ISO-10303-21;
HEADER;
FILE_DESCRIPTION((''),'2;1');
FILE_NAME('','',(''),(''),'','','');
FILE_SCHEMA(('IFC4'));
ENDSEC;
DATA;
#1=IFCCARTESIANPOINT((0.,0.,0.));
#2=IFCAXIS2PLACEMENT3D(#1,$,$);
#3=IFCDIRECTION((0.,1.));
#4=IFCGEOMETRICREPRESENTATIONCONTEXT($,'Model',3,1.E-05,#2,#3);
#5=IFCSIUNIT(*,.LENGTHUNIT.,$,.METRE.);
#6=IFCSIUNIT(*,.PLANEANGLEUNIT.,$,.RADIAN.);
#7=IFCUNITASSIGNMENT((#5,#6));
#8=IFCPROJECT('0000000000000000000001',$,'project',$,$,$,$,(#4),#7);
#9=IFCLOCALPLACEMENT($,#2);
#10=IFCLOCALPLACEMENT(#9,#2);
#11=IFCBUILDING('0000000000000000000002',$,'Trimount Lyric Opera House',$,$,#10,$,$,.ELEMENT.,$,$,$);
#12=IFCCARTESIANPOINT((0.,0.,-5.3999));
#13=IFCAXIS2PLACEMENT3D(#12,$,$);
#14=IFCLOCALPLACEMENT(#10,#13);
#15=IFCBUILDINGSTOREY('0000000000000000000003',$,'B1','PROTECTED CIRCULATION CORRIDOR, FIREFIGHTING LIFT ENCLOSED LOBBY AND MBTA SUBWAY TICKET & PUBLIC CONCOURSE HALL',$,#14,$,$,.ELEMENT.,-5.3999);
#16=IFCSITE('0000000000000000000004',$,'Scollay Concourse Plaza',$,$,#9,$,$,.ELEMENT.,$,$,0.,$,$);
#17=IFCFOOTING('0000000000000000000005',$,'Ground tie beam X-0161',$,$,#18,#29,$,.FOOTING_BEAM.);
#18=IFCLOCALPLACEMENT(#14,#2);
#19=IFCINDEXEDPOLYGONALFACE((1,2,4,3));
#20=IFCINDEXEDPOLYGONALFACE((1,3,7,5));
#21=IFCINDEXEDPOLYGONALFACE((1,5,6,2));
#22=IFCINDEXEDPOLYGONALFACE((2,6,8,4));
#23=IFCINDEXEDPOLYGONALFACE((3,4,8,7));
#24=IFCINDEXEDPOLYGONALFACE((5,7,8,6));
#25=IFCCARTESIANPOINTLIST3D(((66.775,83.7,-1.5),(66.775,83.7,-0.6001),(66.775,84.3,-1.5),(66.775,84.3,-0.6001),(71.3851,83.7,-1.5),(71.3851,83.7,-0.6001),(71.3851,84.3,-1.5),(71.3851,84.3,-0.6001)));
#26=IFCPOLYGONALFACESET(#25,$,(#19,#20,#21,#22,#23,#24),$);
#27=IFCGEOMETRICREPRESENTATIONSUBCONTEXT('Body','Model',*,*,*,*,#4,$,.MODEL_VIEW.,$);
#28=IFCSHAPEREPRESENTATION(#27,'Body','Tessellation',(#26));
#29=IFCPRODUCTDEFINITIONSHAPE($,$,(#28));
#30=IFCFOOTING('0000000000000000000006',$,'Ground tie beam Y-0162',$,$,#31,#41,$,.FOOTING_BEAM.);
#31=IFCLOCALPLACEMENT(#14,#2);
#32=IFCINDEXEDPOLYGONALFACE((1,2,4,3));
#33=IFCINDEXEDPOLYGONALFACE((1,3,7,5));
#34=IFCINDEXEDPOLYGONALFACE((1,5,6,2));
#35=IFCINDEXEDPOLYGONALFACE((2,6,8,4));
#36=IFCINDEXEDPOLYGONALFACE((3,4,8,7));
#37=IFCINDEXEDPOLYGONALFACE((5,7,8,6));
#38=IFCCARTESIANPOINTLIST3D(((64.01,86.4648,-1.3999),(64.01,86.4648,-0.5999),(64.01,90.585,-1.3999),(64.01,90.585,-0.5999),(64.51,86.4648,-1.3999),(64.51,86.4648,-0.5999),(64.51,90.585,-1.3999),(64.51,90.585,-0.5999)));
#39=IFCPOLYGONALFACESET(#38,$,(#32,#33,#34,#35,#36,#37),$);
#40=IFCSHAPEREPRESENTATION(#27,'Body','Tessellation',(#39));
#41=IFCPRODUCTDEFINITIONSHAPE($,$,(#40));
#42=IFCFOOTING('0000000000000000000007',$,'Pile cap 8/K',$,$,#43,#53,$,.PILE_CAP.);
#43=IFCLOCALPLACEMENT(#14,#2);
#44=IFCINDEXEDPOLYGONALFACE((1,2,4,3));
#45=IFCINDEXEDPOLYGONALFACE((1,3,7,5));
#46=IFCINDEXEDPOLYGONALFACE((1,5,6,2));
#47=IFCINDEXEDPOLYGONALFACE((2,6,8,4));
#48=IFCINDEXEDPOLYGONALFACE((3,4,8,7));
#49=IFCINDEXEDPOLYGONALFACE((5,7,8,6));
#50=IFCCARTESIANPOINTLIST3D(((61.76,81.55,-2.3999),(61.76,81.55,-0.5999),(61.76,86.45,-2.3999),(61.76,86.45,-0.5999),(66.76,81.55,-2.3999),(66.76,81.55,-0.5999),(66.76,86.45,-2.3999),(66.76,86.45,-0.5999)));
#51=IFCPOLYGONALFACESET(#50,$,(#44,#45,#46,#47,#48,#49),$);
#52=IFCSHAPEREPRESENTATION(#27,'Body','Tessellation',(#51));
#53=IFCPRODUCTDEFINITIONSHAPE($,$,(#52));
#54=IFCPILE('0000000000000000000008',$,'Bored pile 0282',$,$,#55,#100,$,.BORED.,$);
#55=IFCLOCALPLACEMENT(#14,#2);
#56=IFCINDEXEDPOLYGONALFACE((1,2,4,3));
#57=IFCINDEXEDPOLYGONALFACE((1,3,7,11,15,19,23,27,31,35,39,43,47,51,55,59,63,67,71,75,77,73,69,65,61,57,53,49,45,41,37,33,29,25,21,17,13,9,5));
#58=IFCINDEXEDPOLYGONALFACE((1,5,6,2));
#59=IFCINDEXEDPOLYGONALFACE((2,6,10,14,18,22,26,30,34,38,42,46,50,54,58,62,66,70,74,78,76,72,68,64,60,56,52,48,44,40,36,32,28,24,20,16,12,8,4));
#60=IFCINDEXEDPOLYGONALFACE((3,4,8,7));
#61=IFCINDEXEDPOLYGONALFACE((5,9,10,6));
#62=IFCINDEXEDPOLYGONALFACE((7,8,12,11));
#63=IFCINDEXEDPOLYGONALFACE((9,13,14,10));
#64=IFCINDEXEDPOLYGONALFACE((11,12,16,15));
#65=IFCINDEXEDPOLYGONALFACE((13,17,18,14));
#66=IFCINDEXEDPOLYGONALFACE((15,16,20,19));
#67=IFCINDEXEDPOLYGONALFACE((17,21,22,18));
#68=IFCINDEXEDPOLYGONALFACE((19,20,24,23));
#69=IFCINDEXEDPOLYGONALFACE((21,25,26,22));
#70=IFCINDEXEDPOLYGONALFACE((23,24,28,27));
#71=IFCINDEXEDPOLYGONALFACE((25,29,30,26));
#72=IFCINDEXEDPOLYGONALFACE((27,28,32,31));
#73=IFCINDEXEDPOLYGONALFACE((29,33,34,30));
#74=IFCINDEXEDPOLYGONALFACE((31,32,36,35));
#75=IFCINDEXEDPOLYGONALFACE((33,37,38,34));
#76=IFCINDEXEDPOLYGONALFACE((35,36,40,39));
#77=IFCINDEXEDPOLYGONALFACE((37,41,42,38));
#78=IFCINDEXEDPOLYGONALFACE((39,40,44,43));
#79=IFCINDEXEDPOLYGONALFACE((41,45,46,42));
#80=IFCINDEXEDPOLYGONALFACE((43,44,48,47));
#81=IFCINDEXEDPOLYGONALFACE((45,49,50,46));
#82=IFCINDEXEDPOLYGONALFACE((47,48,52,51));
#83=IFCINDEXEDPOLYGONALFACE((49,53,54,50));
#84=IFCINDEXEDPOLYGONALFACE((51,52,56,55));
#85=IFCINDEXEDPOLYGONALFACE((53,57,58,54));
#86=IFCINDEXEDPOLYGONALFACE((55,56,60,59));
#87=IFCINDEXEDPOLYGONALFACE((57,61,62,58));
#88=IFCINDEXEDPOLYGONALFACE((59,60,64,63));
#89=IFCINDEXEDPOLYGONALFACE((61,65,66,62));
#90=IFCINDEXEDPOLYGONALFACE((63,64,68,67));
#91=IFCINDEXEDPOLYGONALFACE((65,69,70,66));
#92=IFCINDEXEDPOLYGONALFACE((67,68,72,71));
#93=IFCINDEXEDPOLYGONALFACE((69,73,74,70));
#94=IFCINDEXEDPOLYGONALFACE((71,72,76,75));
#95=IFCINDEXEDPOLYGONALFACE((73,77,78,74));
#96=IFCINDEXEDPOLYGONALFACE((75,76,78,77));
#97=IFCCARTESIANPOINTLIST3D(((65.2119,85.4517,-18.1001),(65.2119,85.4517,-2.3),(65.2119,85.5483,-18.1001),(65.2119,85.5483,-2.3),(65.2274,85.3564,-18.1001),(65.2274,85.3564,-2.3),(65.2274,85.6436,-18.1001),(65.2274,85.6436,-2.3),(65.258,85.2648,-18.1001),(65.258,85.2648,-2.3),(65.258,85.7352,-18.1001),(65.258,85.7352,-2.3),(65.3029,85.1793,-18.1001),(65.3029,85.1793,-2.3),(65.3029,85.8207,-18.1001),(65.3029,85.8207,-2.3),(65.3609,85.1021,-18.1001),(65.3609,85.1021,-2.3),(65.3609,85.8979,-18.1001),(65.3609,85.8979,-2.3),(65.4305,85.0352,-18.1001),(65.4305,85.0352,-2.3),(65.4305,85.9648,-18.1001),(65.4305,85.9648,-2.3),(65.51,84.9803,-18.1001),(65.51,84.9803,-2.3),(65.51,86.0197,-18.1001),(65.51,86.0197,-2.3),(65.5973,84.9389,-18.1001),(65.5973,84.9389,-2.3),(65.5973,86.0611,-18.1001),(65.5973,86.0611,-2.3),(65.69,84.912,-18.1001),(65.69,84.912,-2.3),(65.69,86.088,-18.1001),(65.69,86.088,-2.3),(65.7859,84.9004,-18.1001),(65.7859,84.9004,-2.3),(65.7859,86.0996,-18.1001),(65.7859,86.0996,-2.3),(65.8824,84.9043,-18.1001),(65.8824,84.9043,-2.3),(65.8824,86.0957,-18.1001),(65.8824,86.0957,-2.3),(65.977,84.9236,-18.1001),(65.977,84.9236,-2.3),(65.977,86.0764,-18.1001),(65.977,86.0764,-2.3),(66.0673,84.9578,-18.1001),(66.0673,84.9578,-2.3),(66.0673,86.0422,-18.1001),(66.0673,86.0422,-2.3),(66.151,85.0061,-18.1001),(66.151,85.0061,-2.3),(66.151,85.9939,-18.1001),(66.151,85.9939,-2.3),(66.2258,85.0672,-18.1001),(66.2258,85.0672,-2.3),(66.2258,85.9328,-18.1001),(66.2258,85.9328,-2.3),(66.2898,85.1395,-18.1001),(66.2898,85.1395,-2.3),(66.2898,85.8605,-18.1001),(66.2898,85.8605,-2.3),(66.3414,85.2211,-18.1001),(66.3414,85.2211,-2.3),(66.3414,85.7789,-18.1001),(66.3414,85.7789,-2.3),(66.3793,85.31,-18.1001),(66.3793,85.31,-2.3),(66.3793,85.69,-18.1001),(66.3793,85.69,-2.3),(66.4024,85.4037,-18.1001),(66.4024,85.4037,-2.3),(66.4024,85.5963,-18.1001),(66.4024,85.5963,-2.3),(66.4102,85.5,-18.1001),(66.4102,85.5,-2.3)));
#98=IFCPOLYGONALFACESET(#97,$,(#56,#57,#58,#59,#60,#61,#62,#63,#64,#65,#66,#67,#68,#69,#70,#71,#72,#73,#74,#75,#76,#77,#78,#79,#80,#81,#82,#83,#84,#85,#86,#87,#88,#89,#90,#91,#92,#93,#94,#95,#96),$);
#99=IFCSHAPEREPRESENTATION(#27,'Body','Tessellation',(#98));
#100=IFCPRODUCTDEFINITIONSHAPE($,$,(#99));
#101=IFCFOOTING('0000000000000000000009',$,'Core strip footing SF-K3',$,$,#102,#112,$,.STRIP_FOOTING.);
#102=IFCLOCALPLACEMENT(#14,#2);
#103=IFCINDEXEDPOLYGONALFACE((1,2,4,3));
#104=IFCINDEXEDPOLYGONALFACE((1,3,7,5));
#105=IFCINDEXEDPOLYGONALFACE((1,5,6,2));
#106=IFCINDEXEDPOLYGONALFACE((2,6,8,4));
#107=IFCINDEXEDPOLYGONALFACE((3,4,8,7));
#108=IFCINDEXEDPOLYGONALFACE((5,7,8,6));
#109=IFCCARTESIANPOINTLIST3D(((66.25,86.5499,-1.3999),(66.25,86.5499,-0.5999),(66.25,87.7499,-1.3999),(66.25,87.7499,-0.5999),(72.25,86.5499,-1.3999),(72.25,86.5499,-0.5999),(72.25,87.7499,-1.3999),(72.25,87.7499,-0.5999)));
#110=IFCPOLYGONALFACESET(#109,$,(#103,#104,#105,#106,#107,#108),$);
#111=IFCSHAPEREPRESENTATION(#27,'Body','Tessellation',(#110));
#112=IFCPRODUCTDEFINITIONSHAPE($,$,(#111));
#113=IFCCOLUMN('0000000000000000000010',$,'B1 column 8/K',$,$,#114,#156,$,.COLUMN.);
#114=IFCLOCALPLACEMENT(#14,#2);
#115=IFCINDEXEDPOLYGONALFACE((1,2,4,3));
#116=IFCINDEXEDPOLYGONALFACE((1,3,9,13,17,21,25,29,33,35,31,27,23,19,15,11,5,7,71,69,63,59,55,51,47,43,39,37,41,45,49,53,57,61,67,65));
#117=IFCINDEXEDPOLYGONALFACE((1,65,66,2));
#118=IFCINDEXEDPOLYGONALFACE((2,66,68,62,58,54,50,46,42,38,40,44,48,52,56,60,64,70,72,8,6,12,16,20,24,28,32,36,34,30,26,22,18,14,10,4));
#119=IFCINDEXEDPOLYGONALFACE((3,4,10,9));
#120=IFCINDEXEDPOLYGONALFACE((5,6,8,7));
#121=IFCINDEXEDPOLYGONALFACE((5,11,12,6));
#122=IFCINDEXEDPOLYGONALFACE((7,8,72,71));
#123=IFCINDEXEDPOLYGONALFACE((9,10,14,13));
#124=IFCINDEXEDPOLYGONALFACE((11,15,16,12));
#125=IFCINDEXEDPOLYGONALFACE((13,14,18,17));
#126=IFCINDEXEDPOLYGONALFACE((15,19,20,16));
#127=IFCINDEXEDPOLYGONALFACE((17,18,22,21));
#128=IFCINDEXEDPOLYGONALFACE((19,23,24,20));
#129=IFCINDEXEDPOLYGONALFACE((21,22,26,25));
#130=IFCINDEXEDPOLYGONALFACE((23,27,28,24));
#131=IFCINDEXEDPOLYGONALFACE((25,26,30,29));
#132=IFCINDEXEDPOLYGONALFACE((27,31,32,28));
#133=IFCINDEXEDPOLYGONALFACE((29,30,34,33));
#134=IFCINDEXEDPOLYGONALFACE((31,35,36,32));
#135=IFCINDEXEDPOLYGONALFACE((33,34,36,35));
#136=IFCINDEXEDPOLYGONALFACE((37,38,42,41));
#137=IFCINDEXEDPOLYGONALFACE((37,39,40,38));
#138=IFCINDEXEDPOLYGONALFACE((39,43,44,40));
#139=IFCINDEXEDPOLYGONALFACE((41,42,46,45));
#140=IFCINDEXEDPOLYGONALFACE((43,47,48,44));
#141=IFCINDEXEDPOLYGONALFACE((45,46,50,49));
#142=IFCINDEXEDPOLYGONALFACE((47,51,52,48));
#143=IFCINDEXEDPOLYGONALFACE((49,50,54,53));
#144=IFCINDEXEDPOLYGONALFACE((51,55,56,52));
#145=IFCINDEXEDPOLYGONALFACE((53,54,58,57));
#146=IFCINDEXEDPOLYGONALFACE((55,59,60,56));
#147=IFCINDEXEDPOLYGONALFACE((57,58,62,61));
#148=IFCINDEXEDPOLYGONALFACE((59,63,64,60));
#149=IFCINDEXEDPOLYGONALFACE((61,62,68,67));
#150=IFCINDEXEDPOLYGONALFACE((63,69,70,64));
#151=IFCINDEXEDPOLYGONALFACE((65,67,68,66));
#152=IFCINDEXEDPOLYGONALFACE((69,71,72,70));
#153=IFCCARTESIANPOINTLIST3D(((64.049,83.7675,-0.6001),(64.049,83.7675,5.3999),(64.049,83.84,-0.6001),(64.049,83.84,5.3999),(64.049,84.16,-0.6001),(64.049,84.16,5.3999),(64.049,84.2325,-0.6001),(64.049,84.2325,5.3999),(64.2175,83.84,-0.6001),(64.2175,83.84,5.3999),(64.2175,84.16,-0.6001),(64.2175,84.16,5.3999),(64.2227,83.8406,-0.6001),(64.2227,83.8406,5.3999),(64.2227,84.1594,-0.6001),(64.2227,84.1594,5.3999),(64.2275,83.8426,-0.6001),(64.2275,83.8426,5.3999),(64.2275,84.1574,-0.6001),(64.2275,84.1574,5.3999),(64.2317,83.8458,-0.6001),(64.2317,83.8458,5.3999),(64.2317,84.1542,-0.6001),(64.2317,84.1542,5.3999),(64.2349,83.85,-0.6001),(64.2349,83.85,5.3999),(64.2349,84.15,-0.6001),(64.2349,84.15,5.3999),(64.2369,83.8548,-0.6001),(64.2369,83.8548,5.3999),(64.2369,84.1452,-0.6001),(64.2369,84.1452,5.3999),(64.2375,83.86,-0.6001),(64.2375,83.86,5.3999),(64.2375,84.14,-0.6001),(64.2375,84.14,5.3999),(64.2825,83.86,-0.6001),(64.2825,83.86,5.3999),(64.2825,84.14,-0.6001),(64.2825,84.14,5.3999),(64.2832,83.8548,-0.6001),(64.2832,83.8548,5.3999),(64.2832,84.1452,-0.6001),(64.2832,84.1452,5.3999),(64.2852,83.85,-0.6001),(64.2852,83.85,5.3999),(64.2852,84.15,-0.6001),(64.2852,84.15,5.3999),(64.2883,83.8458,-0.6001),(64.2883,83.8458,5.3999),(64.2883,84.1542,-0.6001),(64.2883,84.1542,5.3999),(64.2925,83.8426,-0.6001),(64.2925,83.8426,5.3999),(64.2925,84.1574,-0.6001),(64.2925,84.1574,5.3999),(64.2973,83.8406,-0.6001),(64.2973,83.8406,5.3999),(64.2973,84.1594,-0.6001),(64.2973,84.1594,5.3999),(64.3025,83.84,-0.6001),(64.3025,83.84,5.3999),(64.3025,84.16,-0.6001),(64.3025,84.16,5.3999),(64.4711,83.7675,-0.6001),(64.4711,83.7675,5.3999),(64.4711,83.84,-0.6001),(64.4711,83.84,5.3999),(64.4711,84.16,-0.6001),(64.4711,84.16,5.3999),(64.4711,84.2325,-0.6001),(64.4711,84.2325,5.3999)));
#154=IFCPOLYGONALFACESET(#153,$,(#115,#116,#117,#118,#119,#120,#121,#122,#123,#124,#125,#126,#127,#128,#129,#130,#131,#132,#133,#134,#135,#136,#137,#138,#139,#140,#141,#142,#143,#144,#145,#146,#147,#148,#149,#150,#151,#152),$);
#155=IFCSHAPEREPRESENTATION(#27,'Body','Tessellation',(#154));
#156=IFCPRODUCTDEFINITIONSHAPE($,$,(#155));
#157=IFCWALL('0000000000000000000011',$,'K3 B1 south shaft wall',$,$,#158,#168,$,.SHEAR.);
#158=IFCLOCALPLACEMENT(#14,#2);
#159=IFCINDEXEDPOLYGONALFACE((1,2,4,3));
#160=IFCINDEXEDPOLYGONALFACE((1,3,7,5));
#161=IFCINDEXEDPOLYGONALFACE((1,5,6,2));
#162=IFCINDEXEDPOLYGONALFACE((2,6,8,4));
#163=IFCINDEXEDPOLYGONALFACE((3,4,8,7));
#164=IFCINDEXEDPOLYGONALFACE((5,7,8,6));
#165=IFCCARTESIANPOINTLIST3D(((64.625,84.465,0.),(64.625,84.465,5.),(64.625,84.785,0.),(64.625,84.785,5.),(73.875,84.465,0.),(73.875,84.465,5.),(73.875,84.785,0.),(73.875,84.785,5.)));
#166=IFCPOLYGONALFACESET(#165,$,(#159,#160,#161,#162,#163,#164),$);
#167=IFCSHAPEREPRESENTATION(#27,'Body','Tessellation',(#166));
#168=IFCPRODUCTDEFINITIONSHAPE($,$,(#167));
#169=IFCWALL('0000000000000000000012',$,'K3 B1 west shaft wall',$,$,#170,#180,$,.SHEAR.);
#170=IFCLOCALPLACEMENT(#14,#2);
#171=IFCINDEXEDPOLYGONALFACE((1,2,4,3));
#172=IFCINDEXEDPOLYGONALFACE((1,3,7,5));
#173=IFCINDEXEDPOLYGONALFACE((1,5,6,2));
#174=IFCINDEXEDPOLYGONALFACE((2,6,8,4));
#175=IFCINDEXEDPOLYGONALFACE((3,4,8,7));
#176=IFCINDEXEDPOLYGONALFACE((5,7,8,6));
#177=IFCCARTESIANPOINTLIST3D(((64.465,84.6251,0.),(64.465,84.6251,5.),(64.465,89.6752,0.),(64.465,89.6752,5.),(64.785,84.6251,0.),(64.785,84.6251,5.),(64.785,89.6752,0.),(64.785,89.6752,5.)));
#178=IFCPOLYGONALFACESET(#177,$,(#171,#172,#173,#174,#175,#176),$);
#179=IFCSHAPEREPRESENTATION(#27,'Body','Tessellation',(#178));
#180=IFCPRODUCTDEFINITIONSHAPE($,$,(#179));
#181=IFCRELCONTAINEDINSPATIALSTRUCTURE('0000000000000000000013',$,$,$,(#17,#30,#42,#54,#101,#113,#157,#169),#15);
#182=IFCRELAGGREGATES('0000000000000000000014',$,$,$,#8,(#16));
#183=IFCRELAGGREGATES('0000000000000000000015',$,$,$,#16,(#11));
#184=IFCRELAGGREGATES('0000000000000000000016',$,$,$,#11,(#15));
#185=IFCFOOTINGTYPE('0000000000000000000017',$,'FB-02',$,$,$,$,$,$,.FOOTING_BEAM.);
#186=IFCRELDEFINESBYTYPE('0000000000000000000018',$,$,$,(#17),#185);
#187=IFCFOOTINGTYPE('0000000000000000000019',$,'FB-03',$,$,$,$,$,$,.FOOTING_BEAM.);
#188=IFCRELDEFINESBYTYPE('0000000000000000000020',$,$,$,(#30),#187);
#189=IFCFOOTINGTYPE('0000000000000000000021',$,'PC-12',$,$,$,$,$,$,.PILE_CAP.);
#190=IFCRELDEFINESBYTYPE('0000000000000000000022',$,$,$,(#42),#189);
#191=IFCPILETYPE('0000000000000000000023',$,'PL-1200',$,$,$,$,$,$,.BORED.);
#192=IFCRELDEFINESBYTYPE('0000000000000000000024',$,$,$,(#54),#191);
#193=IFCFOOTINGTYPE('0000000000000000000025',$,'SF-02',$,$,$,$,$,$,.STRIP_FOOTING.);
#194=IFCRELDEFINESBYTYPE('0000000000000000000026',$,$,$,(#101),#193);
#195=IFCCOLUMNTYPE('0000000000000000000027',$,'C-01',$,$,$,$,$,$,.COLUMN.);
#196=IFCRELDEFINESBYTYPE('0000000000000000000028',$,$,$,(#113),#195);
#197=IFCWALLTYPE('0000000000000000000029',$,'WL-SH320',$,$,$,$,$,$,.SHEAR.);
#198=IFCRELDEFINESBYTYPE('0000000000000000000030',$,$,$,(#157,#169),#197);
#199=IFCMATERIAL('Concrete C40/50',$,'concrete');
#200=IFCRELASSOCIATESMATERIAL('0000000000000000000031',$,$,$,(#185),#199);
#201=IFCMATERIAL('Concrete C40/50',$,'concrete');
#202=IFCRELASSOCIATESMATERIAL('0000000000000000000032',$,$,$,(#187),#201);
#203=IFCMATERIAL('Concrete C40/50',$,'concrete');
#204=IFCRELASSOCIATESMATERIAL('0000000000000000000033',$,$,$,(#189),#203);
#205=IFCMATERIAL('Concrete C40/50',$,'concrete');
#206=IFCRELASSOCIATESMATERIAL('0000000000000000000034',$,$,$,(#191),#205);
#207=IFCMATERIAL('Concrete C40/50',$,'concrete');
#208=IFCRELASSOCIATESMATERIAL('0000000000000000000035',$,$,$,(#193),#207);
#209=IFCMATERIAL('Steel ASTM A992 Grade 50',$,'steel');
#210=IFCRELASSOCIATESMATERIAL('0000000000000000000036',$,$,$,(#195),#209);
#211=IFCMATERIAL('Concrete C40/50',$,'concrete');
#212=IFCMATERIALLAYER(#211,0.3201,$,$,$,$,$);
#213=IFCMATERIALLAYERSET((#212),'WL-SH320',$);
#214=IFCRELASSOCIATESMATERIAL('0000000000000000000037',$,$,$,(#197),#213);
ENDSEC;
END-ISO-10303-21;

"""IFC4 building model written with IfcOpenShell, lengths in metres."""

from ifc_helpers import new_model, si_unit, direction, frame, frame_2d, origin, origin_2d, place, context, subcontext, project, spatial, rectangle, circle, i_section, extrude, material, layer, layer_set, material_profile, profile_set, type_object, element, save


model = new_model("IFC4")

# Units and contexts
model_context = context("Model", 3, precision=1e-05, world=origin(), true_north=direction((0.0, 1.0)))
body_context = subcontext(model_context, "Body", "Model", "MODEL_VIEW")
ifc_project = project(units=[si_unit("LENGTHUNIT", "METRE"), si_unit("PLANEANGLEUNIT", "RADIAN")], contexts=[model_context])

# Site, building, storey
site_placement = place(None, origin())
site = spatial("IfcSite", under=ifc_project, at=site_placement, Name="Scollay Concourse Plaza", CompositionType="ELEMENT", RefElevation=0.0)
building_placement = place(site_placement, origin())
building = spatial("IfcBuilding", under=site, at=building_placement, Name="Trimount Lyric Opera House", CompositionType="ELEMENT")
storey_placement = place(building_placement, frame((0.0, 0.0, -5.3999)))
storey = spatial("IfcBuildingStorey", under=building, at=storey_placement, Name="B1", Description="PROTECTED CIRCULATION CORRIDOR, FIREFIGHTING LIFT ENCLOSED LOBBY AND MBTA SUBWAY TICKET & PUBLIC CONCOURSE HALL", CompositionType="ELEMENT", Elevation=-5.3999)

# Footings
ifc_material_1 = material(Name="Concrete C40/50", Category="concrete")
footing_type_1 = type_object("IfcFootingType", Name="FB-02", PredefinedType="FOOTING_BEAM", material=ifc_material_1)
footing_1_placement = place(storey_placement, frame((69.0801, 84.0, -1.5), z_axis=(0.0, 0.0, 1.0), x_axis=(1.0, 0.0, 0.0)))
element("IfcFooting", 1, at=footing_1_placement, inside=storey, type_object=footing_type_1, Name="Ground tie beam X-0161", PredefinedType="FOOTING_BEAM", context=body_context, shape_type="SweptSolid", body=[
    extrude(rectangle(XDim=4.6101, YDim=0.6001, at=origin_2d()), origin(), (0.0, 0.0, 1.0), 0.8999),
])
ifc_material_2 = material(Name="Concrete C40/50", Category="concrete")
footing_type_2 = type_object("IfcFootingType", Name="FB-03", PredefinedType="FOOTING_BEAM", material=ifc_material_2)
footing_2_placement = place(storey_placement, frame((64.26, 88.5249, -1.3999), z_axis=(0.0, 0.0, 1.0), x_axis=(1.0, 0.0, 0.0)))
element("IfcFooting", 2, at=footing_2_placement, inside=storey, type_object=footing_type_2, Name="Ground tie beam Y-0162", PredefinedType="FOOTING_BEAM", context=body_context, shape_type="SweptSolid", body=[
    extrude(rectangle(XDim=0.5, YDim=4.1201, at=origin_2d()), origin(), (0.0, 0.0, 1.0), 0.8),
])
ifc_material_3 = material(Name="Concrete C40/50", Category="concrete")
footing_type_3 = type_object("IfcFootingType", Name="PC-12", PredefinedType="PILE_CAP", material=ifc_material_3)
footing_3_placement = place(storey_placement, frame((64.26, 84.0, -2.3999), z_axis=(0.0, 0.0, 1.0), x_axis=(1.0, 0.0, 0.0)))
element("IfcFooting", 3, at=footing_3_placement, inside=storey, type_object=footing_type_3, Name="Pile cap 8/K", PredefinedType="PILE_CAP", context=body_context, shape_type="SweptSolid", body=[
    extrude(rectangle(XDim=5.0, YDim=4.8999, at=origin_2d()), origin(), (0.0, 0.0, 1.0), 1.8),
])

# Pile
ifc_material_4 = material(Name="Concrete C40/50", Category="concrete")
ifc_material_profile_1 = material_profile(ifc_material_4, circle(Radius=0.6001, at=origin_2d()), Name="PILE-D1200")
ifc_profile_set_1 = profile_set([ifc_material_profile_1], Name="Concrete C40/50")
pile_type = type_object("IfcPileType", Name="PL-1200", PredefinedType="BORED", material=ifc_profile_set_1)
pile_placement = place(storey_placement, frame((65.8101, 85.5, -2.3), z_axis=(0.0, 0.0, -1.0), x_axis=(1.0, 0.0, 0.0)))
element("IfcPile", 4, at=pile_placement, inside=storey, type_object=pile_type, Name="Bored pile 0282", PredefinedType="BORED", context=body_context, shape_type="SweptSolid", body=[
    extrude(circle(Radius=0.6001, at=origin_2d()), origin(), (0.0, 0.0, 1.0), 15.8),
])

# Footing
ifc_material_5 = material(Name="Concrete C40/50", Category="concrete")
footing_type_4 = type_object("IfcFootingType", Name="SF-02", PredefinedType="STRIP_FOOTING", material=ifc_material_5)
footing_4_placement = place(storey_placement, frame((69.25, 87.1499, -1.3999), z_axis=(0.0, 0.0, 1.0), x_axis=(1.0, 0.0, 0.0)))
element("IfcFooting", 5, at=footing_4_placement, inside=storey, type_object=footing_type_4, Name="Core strip footing SF-K3", PredefinedType="STRIP_FOOTING", context=body_context, shape_type="SweptSolid", body=[
    extrude(rectangle(XDim=6.0, YDim=1.2, at=origin_2d()), origin(), (0.0, 0.0, 1.0), 0.8),
])

# Column
ifc_material_6 = material(Name="Steel ASTM A992 Grade 50", Category="steel")
ifc_material_profile_2 = material_profile(ifc_material_6, i_section(OverallWidth=0.4221, OverallDepth=0.4651, WebThickness=0.0449, FlangeThickness=0.0725, FilletRadius=0.02, at=origin_2d()), Name="W14X398")
ifc_profile_set_2 = profile_set([ifc_material_profile_2], Name="Steel ASTM A992 Grade 50")
column_type = type_object("IfcColumnType", Name="C-01", PredefinedType="COLUMN", material=ifc_profile_set_2)
column_placement = place(storey_placement, frame((64.26, 84.0, -0.6001), z_axis=(0.0, 0.0, 1.0), x_axis=(1.0, 0.0, 0.0)))
element("IfcColumn", 6, at=column_placement, inside=storey, type_object=column_type, Name="B1 column 8/K", PredefinedType="COLUMN", context=body_context, shape_type="SweptSolid", body=[
    extrude(i_section(OverallWidth=0.4221, OverallDepth=0.4651, WebThickness=0.0449, FlangeThickness=0.0725, FilletRadius=0.02, at=origin_2d()), origin(), (0.0, 0.0, 1.0), 6.0),
])

# Walls
ifc_material_7 = material(Name="Concrete C40/50", Category="concrete")
ifc_layer_1 = layer(ifc_material_7, 0.3201)
ifc_layer_set_1 = layer_set([ifc_layer_1], Name="WL-SH320")
wall_type_1 = type_object("IfcWallType", Name="WL-SH320", PredefinedType="SHEAR", material=ifc_layer_set_1)
wall_1_placement = place(storey_placement, frame((64.625, 84.625, 0.0), z_axis=(0.0, 0.0, 1.0), x_axis=(1.0, 0.0, 0.0)))
element("IfcWall", 7, at=wall_1_placement, inside=storey, type_object=wall_type_1, Name="K3 B1 south shaft wall", PredefinedType="SHEAR", context=body_context, shape_type="SweptSolid", body=[
    extrude(rectangle(XDim=9.25, YDim=0.3201, at=frame_2d((4.625, 0.0))), origin(), (0.0, 0.0, 1.0), 5.0),
])
wall_2_placement = place(storey_placement, frame((64.625, 89.675, 0.0), z_axis=(0.0, 0.0, 1.0), x_axis=(0.0, -1.0, 0.0)))
element("IfcWall", 8, at=wall_2_placement, inside=storey, type_object=wall_type_1, Name="K3 B1 west shaft wall", PredefinedType="SHEAR", context=body_context, shape_type="SweptSolid", body=[
    extrude(rectangle(XDim=5.05, YDim=0.3201, at=frame_2d((2.5249, 0.0))), origin(), (0.0, 0.0, 1.0), 5.0),
])

save(model, "model.ifc")
